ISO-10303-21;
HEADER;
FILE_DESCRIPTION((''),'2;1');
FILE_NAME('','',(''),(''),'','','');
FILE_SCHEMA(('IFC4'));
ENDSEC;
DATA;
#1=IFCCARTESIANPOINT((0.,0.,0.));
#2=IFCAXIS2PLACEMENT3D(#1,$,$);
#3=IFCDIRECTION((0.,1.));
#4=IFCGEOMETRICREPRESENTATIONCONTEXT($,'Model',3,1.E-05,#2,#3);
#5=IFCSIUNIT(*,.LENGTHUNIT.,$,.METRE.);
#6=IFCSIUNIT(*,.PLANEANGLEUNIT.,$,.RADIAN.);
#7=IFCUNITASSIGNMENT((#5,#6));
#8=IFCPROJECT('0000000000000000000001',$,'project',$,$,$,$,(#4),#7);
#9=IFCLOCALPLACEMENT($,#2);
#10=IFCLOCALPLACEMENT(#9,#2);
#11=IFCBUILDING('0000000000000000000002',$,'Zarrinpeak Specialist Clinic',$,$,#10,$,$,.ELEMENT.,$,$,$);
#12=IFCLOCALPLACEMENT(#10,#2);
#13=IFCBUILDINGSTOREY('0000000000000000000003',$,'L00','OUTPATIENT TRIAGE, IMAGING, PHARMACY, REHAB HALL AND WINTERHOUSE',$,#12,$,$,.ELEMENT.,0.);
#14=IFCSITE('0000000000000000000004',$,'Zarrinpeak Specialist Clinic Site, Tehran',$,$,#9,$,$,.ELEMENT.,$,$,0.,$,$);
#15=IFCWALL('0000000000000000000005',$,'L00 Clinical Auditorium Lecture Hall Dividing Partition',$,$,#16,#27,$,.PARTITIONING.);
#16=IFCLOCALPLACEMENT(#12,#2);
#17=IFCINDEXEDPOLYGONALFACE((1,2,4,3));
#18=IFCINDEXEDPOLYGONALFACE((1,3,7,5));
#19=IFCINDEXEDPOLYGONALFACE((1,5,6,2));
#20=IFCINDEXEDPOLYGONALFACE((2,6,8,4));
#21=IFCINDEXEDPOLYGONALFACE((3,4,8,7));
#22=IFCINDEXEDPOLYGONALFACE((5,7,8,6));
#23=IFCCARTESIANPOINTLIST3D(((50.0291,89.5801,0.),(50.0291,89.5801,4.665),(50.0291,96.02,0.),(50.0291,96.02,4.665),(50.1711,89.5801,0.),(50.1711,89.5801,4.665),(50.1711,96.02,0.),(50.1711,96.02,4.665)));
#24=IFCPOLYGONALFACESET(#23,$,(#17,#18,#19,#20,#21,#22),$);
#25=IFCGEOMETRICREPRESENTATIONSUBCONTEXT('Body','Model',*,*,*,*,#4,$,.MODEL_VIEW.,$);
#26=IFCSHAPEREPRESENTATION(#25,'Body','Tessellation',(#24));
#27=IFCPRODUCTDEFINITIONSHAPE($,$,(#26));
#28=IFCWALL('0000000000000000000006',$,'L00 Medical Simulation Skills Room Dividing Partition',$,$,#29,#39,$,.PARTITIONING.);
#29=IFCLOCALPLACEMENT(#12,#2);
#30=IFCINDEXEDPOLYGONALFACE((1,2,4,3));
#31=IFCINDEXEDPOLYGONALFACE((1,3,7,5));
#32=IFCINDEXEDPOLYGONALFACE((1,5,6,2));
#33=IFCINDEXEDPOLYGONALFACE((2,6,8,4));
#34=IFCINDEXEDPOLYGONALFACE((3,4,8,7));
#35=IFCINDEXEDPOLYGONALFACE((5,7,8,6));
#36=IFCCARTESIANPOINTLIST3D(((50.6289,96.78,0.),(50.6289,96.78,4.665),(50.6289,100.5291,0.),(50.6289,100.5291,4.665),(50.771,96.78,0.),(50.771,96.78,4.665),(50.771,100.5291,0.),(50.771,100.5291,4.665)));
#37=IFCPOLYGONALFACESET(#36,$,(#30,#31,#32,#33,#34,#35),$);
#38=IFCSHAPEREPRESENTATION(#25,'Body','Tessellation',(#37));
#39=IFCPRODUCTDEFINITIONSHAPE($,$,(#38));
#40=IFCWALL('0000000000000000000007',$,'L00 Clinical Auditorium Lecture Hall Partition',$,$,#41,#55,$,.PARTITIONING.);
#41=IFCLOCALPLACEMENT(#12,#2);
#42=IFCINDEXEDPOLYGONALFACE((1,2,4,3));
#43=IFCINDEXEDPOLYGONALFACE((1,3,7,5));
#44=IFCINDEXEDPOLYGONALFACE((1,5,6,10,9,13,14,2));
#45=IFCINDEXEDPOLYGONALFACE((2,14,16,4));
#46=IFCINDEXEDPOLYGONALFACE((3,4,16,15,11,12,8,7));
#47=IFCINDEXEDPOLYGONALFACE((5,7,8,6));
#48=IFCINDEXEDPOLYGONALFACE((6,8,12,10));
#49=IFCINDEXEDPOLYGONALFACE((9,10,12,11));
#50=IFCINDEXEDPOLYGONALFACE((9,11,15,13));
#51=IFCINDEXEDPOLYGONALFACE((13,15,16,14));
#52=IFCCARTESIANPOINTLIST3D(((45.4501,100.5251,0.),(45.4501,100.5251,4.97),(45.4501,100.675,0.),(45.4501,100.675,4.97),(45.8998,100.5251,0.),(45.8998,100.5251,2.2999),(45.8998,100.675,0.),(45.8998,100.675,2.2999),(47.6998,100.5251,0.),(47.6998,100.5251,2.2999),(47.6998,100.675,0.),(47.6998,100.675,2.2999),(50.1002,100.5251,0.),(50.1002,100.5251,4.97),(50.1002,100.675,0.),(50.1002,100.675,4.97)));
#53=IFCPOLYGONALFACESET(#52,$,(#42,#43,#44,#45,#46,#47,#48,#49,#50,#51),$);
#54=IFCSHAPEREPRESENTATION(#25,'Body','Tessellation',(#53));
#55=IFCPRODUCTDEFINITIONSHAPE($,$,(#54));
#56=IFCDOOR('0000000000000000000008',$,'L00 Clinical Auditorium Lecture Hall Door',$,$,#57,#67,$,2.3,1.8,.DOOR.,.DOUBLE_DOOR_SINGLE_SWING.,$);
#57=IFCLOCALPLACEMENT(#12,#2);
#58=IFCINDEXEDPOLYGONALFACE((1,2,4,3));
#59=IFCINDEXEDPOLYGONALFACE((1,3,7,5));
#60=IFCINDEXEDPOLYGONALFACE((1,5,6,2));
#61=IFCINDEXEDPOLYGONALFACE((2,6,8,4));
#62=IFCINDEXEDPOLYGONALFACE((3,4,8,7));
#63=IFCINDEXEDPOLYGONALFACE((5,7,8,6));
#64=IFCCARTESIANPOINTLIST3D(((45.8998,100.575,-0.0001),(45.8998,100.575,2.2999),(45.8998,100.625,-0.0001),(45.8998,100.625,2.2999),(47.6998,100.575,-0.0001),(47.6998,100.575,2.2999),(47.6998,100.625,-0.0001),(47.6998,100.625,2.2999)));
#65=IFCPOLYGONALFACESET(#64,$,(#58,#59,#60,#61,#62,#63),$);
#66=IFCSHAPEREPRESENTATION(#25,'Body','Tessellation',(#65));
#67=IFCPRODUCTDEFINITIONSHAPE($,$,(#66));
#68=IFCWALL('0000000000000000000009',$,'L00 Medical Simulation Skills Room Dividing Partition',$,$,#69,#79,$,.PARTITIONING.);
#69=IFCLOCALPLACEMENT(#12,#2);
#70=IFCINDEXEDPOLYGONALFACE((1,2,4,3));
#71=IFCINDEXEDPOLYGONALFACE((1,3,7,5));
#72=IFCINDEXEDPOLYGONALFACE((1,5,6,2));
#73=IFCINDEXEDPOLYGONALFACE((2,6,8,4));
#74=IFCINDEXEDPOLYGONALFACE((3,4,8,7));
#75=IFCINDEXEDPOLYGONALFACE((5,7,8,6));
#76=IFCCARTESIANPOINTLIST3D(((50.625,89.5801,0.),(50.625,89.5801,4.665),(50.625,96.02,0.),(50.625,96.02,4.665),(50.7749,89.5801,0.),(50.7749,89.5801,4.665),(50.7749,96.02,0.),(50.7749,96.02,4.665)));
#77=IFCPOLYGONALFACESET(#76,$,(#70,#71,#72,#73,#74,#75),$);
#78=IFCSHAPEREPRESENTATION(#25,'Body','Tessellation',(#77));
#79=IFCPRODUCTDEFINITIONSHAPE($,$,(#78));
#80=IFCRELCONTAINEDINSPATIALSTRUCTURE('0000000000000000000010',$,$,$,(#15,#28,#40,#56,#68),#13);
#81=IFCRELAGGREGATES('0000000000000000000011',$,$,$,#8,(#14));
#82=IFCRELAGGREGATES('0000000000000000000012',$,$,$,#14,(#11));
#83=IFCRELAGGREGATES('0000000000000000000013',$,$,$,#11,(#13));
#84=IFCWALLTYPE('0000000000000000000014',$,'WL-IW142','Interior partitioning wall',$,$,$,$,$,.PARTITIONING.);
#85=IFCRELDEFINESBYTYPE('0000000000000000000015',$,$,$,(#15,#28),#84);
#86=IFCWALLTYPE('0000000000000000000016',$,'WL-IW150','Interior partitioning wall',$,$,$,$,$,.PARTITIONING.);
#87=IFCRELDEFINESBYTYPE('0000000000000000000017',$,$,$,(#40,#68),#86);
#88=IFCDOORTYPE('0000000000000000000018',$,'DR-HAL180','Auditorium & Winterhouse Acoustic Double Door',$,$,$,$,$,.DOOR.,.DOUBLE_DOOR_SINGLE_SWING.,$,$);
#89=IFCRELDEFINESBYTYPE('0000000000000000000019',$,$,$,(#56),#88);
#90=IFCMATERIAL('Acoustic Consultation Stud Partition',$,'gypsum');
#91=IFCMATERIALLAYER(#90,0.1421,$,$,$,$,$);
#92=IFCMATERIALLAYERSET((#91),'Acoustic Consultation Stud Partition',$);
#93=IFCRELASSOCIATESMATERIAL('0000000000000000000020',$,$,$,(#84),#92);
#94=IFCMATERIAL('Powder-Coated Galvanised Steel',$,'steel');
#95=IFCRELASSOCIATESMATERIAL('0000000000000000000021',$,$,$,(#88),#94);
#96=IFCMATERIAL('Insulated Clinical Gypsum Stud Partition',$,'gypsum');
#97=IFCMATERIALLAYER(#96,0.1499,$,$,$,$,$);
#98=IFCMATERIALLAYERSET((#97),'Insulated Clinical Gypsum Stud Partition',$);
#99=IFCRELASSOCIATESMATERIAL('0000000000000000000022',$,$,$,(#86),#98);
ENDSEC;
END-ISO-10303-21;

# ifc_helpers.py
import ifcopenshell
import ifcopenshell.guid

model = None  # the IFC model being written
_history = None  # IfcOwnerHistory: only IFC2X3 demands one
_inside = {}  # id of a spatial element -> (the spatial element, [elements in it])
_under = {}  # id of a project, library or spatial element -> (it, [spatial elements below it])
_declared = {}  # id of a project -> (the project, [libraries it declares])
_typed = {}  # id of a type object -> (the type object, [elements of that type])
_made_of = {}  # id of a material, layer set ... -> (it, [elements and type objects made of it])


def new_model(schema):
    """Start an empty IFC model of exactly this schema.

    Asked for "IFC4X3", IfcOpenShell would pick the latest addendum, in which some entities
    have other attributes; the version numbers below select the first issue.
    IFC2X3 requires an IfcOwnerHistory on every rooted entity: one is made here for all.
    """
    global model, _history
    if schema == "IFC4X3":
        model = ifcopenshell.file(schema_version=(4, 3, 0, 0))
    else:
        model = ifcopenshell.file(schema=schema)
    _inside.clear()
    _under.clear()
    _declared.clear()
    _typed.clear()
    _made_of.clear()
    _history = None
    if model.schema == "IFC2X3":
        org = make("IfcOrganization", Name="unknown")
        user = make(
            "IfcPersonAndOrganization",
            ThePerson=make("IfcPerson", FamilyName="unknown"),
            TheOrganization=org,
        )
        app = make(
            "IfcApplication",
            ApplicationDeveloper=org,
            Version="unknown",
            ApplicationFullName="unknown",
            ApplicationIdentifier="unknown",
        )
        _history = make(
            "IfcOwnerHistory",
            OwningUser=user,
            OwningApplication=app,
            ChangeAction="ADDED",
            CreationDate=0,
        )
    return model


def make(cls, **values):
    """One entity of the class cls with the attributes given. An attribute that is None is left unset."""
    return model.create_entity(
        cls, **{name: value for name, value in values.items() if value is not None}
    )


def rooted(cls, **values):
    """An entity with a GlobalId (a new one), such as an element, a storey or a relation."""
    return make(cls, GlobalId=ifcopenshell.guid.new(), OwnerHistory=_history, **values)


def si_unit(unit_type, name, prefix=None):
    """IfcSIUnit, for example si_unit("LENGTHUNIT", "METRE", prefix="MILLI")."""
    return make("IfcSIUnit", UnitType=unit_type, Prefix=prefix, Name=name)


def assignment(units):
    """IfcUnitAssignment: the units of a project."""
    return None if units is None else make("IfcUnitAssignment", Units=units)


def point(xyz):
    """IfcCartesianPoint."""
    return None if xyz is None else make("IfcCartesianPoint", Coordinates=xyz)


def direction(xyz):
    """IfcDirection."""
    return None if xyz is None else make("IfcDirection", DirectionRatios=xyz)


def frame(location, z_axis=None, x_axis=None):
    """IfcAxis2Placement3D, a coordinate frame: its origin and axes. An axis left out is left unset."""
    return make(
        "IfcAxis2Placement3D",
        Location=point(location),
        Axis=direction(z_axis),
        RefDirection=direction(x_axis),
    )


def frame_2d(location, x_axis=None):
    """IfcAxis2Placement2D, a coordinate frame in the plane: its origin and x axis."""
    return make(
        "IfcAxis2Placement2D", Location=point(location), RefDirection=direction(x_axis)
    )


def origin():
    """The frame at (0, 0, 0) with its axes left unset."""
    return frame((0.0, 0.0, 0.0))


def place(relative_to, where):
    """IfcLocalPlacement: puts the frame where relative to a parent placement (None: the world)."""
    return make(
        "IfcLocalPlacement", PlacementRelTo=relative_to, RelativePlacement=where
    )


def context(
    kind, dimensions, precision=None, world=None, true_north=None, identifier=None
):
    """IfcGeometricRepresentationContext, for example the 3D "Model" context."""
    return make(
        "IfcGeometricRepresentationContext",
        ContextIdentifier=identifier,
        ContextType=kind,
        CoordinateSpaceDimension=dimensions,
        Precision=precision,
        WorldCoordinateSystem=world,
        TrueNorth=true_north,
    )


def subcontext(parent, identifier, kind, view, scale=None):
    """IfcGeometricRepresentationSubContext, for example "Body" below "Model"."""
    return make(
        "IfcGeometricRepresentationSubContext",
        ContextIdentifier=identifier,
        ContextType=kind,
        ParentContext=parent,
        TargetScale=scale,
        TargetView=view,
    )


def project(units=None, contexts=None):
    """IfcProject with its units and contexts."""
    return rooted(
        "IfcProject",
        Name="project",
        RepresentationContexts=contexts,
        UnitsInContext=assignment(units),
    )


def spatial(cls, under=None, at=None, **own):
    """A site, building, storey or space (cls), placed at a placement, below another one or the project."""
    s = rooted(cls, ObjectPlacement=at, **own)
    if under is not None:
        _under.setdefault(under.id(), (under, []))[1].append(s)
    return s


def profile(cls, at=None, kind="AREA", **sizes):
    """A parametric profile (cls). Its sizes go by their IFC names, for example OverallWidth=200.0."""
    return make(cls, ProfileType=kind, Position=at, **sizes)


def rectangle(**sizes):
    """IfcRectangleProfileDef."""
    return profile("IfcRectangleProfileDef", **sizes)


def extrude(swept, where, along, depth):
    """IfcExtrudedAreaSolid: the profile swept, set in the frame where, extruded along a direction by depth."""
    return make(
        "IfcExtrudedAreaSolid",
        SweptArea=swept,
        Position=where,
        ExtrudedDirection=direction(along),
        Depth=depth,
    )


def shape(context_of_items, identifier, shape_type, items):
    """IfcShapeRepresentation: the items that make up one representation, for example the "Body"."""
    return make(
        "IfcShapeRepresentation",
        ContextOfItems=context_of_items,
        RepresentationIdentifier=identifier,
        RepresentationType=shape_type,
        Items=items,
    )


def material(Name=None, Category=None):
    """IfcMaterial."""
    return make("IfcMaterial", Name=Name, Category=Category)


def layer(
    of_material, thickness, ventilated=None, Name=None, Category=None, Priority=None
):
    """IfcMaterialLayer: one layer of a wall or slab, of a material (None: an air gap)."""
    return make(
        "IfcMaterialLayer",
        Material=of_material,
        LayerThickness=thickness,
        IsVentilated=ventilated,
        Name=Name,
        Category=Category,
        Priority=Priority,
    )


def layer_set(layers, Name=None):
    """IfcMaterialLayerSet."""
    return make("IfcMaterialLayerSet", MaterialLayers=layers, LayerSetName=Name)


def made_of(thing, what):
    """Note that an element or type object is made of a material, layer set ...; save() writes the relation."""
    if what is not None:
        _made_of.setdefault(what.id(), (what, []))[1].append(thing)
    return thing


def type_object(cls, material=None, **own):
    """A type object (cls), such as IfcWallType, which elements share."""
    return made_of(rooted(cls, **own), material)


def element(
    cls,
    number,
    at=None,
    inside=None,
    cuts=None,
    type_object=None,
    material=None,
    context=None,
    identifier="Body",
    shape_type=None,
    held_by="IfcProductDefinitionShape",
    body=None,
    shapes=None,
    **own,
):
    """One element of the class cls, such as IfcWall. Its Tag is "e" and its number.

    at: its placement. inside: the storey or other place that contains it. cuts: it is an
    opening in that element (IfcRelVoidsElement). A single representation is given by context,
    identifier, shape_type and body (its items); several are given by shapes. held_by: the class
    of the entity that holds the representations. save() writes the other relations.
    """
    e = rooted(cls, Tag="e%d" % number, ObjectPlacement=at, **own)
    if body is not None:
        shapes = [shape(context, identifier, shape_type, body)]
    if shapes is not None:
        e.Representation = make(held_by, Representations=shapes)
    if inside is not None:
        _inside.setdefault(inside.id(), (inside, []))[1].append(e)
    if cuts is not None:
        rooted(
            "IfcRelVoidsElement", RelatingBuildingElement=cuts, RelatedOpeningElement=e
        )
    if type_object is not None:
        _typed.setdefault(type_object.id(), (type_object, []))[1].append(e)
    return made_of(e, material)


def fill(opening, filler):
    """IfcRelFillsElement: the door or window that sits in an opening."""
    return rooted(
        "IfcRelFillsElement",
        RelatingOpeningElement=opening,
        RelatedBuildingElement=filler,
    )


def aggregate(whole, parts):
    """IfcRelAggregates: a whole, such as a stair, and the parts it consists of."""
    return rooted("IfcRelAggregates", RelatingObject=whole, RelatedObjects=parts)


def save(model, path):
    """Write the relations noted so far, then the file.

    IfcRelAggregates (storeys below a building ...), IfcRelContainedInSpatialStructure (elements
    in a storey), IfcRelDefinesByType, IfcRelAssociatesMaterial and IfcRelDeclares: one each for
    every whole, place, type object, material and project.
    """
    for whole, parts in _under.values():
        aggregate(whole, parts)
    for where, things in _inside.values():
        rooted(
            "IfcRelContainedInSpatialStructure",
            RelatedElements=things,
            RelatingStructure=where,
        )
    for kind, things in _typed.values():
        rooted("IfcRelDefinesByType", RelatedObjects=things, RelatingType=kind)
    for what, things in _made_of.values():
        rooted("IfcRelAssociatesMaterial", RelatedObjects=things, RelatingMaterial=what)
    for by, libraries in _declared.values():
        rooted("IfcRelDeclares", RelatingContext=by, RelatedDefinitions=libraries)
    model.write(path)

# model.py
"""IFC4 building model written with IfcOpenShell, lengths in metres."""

from ifc_helpers import new_model, si_unit, direction, frame, frame_2d, origin, place, context, subcontext, project, spatial, rectangle, extrude, material, layer, layer_set, type_object, element, fill, save


model = new_model("IFC4")

# Units and contexts
model_context = context("Model", 3, precision=1e-05, world=origin(), true_north=direction((0.0, 1.0)))
body_context = subcontext(model_context, "Body", "Model", "MODEL_VIEW")
ifc_project = project(units=[si_unit("LENGTHUNIT", "METRE"), si_unit("PLANEANGLEUNIT", "RADIAN")], contexts=[model_context])

# Site, building, storey
site_placement = place(None, origin())
site = spatial("IfcSite", under=ifc_project, at=site_placement, Name="Zarrinpeak Specialist Clinic Site, Tehran", CompositionType="ELEMENT", RefElevation=0.0)
building_placement = place(site_placement, origin())
building = spatial("IfcBuilding", under=site, at=building_placement, Name="Zarrinpeak Specialist Clinic", CompositionType="ELEMENT")
storey_placement = place(building_placement, origin())
storey = spatial("IfcBuildingStorey", under=building, at=storey_placement, Name="L00", Description="OUTPATIENT TRIAGE, IMAGING, PHARMACY, REHAB HALL AND WINTERHOUSE", CompositionType="ELEMENT", Elevation=0.0)

# Shared definitions
ifc_material_1 = material(Name="Powder-Coated Galvanised Steel", Category="steel")

# Shared definitions
ifc_material_2 = material(Name="Acoustic Consultation Stud Partition", Category="gypsum")
ifc_layer_1 = layer(ifc_material_2, 0.1421)
ifc_layer_set_1 = layer_set([ifc_layer_1], Name="Acoustic Consultation Stud Partition")
wall_type_1 = type_object("IfcWallType", Name="WL-IW142", Description="Interior partitioning wall", PredefinedType="PARTITIONING", material=ifc_layer_set_1)
door_type_1 = type_object("IfcDoorType", Name="DR-HAL180", Description="Auditorium & Winterhouse Acoustic Double Door", OperationType="DOUBLE_DOOR_SINGLE_SWING", PredefinedType="DOOR", material=ifc_material_1)

# Walls
wall_1_placement = place(storey_placement, frame((50.1001, 89.5801, 0.0), z_axis=(0.0, 0.0, 1.0), x_axis=(0.0, 1.0, 0.0)))
element("IfcWall", 1, at=wall_1_placement, inside=storey, type_object=wall_type_1, Name="L00 Clinical Auditorium Lecture Hall Dividing Partition", PredefinedType="PARTITIONING", context=body_context, shape_type="SweptSolid", body=[
    extrude(rectangle(XDim=6.4399, YDim=0.1421, at=frame_2d((3.22, 0.0))), origin(), (0.0, 0.0, 1.0), 4.665),
])
wall_2_placement = place(storey_placement, frame((50.7, 96.78, 0.0), z_axis=(0.0, 0.0, 1.0), x_axis=(0.0, 1.0, 0.0)))
element("IfcWall", 2, at=wall_2_placement, inside=storey, type_object=wall_type_1, Name="L00 Medical Simulation Skills Room Dividing Partition", PredefinedType="PARTITIONING", context=body_context, shape_type="SweptSolid", body=[
    extrude(rectangle(XDim=3.749, YDim=0.1421, at=frame_2d((1.8745, 0.0))), origin(), (0.0, 0.0, 1.0), 4.665),
])

# Wall, opening, door
ifc_material_3 = material(Name="Insulated Clinical Gypsum Stud Partition", Category="gypsum")
ifc_layer_2 = layer(ifc_material_3, 0.1499)
ifc_layer_set_2 = layer_set([ifc_layer_2], Name="Insulated Clinical Gypsum Stud Partition")
wall_type_2 = type_object("IfcWallType", Name="WL-IW150", Description="Interior partitioning wall", PredefinedType="PARTITIONING", material=ifc_layer_set_2)
wall_3_placement = place(storey_placement, frame((45.45, 100.6001, 0.0), z_axis=(0.0, 0.0, 1.0), x_axis=(1.0, 0.0, 0.0)))
wall_3 = element("IfcWall", 3, at=wall_3_placement, inside=storey, type_object=wall_type_2, Name="L00 Clinical Auditorium Lecture Hall Partition", PredefinedType="PARTITIONING", context=body_context, shape_type="SweptSolid", body=[
    extrude(rectangle(XDim=4.6501, YDim=0.1499, at=frame_2d((2.3252, 0.0))), origin(), (0.0, 0.0, 1.0), 4.97),
])
opening_1_placement = place(wall_3_placement, frame((0.45, 0.0, 0.0)))
opening_1 = element("IfcOpeningElement", 4, at=opening_1_placement, cuts=wall_3, PredefinedType="OPENING", context=body_context, shape_type="SweptSolid", body=[
    extrude(rectangle(XDim=1.8, YDim=2.3, at=frame_2d((0.8999, 1.1499))), frame((0.0, 0.085, 0.0), z_axis=(0.0, -1.0, 0.0), x_axis=(1.0, 0.0, 0.0)), (0.0, 0.0, 1.0), 0.1699),
])
door_1_placement = place(opening_1_placement, origin())
door_1 = element("IfcDoor", 5, at=door_1_placement, inside=storey, type_object=door_type_1, Name="L00 Clinical Auditorium Lecture Hall Door", OperationType="DOUBLE_DOOR_SINGLE_SWING", OverallHeight=2.3, OverallWidth=1.8, PredefinedType="DOOR", context=body_context, shape_type="SweptSolid", body=[
    extrude(rectangle(XDim=1.8, YDim=2.3, at=frame_2d((0.8999, 1.1499))), frame((0.0, 0.0249, 0.0), z_axis=(0.0, -1.0, 0.0), x_axis=(1.0, 0.0, 0.0)), (0.0, 0.0, 1.0), 0.05),
])
fill(opening_1, door_1)

# Wall
wall_4_placement = place(storey_placement, frame((50.7, 89.5801, 0.0), z_axis=(0.0, 0.0, 1.0), x_axis=(0.0, 1.0, 0.0)))
element("IfcWall", 6, at=wall_4_placement, inside=storey, type_object=wall_type_2, Name="L00 Medical Simulation Skills Room Dividing Partition", PredefinedType="PARTITIONING", context=body_context, shape_type="SweptSolid", body=[
    extrude(rectangle(XDim=6.4399, YDim=0.1499, at=frame_2d((3.22, 0.0))), origin(), (0.0, 0.0, 1.0), 4.665),
])

save(model, "model.ifc")
